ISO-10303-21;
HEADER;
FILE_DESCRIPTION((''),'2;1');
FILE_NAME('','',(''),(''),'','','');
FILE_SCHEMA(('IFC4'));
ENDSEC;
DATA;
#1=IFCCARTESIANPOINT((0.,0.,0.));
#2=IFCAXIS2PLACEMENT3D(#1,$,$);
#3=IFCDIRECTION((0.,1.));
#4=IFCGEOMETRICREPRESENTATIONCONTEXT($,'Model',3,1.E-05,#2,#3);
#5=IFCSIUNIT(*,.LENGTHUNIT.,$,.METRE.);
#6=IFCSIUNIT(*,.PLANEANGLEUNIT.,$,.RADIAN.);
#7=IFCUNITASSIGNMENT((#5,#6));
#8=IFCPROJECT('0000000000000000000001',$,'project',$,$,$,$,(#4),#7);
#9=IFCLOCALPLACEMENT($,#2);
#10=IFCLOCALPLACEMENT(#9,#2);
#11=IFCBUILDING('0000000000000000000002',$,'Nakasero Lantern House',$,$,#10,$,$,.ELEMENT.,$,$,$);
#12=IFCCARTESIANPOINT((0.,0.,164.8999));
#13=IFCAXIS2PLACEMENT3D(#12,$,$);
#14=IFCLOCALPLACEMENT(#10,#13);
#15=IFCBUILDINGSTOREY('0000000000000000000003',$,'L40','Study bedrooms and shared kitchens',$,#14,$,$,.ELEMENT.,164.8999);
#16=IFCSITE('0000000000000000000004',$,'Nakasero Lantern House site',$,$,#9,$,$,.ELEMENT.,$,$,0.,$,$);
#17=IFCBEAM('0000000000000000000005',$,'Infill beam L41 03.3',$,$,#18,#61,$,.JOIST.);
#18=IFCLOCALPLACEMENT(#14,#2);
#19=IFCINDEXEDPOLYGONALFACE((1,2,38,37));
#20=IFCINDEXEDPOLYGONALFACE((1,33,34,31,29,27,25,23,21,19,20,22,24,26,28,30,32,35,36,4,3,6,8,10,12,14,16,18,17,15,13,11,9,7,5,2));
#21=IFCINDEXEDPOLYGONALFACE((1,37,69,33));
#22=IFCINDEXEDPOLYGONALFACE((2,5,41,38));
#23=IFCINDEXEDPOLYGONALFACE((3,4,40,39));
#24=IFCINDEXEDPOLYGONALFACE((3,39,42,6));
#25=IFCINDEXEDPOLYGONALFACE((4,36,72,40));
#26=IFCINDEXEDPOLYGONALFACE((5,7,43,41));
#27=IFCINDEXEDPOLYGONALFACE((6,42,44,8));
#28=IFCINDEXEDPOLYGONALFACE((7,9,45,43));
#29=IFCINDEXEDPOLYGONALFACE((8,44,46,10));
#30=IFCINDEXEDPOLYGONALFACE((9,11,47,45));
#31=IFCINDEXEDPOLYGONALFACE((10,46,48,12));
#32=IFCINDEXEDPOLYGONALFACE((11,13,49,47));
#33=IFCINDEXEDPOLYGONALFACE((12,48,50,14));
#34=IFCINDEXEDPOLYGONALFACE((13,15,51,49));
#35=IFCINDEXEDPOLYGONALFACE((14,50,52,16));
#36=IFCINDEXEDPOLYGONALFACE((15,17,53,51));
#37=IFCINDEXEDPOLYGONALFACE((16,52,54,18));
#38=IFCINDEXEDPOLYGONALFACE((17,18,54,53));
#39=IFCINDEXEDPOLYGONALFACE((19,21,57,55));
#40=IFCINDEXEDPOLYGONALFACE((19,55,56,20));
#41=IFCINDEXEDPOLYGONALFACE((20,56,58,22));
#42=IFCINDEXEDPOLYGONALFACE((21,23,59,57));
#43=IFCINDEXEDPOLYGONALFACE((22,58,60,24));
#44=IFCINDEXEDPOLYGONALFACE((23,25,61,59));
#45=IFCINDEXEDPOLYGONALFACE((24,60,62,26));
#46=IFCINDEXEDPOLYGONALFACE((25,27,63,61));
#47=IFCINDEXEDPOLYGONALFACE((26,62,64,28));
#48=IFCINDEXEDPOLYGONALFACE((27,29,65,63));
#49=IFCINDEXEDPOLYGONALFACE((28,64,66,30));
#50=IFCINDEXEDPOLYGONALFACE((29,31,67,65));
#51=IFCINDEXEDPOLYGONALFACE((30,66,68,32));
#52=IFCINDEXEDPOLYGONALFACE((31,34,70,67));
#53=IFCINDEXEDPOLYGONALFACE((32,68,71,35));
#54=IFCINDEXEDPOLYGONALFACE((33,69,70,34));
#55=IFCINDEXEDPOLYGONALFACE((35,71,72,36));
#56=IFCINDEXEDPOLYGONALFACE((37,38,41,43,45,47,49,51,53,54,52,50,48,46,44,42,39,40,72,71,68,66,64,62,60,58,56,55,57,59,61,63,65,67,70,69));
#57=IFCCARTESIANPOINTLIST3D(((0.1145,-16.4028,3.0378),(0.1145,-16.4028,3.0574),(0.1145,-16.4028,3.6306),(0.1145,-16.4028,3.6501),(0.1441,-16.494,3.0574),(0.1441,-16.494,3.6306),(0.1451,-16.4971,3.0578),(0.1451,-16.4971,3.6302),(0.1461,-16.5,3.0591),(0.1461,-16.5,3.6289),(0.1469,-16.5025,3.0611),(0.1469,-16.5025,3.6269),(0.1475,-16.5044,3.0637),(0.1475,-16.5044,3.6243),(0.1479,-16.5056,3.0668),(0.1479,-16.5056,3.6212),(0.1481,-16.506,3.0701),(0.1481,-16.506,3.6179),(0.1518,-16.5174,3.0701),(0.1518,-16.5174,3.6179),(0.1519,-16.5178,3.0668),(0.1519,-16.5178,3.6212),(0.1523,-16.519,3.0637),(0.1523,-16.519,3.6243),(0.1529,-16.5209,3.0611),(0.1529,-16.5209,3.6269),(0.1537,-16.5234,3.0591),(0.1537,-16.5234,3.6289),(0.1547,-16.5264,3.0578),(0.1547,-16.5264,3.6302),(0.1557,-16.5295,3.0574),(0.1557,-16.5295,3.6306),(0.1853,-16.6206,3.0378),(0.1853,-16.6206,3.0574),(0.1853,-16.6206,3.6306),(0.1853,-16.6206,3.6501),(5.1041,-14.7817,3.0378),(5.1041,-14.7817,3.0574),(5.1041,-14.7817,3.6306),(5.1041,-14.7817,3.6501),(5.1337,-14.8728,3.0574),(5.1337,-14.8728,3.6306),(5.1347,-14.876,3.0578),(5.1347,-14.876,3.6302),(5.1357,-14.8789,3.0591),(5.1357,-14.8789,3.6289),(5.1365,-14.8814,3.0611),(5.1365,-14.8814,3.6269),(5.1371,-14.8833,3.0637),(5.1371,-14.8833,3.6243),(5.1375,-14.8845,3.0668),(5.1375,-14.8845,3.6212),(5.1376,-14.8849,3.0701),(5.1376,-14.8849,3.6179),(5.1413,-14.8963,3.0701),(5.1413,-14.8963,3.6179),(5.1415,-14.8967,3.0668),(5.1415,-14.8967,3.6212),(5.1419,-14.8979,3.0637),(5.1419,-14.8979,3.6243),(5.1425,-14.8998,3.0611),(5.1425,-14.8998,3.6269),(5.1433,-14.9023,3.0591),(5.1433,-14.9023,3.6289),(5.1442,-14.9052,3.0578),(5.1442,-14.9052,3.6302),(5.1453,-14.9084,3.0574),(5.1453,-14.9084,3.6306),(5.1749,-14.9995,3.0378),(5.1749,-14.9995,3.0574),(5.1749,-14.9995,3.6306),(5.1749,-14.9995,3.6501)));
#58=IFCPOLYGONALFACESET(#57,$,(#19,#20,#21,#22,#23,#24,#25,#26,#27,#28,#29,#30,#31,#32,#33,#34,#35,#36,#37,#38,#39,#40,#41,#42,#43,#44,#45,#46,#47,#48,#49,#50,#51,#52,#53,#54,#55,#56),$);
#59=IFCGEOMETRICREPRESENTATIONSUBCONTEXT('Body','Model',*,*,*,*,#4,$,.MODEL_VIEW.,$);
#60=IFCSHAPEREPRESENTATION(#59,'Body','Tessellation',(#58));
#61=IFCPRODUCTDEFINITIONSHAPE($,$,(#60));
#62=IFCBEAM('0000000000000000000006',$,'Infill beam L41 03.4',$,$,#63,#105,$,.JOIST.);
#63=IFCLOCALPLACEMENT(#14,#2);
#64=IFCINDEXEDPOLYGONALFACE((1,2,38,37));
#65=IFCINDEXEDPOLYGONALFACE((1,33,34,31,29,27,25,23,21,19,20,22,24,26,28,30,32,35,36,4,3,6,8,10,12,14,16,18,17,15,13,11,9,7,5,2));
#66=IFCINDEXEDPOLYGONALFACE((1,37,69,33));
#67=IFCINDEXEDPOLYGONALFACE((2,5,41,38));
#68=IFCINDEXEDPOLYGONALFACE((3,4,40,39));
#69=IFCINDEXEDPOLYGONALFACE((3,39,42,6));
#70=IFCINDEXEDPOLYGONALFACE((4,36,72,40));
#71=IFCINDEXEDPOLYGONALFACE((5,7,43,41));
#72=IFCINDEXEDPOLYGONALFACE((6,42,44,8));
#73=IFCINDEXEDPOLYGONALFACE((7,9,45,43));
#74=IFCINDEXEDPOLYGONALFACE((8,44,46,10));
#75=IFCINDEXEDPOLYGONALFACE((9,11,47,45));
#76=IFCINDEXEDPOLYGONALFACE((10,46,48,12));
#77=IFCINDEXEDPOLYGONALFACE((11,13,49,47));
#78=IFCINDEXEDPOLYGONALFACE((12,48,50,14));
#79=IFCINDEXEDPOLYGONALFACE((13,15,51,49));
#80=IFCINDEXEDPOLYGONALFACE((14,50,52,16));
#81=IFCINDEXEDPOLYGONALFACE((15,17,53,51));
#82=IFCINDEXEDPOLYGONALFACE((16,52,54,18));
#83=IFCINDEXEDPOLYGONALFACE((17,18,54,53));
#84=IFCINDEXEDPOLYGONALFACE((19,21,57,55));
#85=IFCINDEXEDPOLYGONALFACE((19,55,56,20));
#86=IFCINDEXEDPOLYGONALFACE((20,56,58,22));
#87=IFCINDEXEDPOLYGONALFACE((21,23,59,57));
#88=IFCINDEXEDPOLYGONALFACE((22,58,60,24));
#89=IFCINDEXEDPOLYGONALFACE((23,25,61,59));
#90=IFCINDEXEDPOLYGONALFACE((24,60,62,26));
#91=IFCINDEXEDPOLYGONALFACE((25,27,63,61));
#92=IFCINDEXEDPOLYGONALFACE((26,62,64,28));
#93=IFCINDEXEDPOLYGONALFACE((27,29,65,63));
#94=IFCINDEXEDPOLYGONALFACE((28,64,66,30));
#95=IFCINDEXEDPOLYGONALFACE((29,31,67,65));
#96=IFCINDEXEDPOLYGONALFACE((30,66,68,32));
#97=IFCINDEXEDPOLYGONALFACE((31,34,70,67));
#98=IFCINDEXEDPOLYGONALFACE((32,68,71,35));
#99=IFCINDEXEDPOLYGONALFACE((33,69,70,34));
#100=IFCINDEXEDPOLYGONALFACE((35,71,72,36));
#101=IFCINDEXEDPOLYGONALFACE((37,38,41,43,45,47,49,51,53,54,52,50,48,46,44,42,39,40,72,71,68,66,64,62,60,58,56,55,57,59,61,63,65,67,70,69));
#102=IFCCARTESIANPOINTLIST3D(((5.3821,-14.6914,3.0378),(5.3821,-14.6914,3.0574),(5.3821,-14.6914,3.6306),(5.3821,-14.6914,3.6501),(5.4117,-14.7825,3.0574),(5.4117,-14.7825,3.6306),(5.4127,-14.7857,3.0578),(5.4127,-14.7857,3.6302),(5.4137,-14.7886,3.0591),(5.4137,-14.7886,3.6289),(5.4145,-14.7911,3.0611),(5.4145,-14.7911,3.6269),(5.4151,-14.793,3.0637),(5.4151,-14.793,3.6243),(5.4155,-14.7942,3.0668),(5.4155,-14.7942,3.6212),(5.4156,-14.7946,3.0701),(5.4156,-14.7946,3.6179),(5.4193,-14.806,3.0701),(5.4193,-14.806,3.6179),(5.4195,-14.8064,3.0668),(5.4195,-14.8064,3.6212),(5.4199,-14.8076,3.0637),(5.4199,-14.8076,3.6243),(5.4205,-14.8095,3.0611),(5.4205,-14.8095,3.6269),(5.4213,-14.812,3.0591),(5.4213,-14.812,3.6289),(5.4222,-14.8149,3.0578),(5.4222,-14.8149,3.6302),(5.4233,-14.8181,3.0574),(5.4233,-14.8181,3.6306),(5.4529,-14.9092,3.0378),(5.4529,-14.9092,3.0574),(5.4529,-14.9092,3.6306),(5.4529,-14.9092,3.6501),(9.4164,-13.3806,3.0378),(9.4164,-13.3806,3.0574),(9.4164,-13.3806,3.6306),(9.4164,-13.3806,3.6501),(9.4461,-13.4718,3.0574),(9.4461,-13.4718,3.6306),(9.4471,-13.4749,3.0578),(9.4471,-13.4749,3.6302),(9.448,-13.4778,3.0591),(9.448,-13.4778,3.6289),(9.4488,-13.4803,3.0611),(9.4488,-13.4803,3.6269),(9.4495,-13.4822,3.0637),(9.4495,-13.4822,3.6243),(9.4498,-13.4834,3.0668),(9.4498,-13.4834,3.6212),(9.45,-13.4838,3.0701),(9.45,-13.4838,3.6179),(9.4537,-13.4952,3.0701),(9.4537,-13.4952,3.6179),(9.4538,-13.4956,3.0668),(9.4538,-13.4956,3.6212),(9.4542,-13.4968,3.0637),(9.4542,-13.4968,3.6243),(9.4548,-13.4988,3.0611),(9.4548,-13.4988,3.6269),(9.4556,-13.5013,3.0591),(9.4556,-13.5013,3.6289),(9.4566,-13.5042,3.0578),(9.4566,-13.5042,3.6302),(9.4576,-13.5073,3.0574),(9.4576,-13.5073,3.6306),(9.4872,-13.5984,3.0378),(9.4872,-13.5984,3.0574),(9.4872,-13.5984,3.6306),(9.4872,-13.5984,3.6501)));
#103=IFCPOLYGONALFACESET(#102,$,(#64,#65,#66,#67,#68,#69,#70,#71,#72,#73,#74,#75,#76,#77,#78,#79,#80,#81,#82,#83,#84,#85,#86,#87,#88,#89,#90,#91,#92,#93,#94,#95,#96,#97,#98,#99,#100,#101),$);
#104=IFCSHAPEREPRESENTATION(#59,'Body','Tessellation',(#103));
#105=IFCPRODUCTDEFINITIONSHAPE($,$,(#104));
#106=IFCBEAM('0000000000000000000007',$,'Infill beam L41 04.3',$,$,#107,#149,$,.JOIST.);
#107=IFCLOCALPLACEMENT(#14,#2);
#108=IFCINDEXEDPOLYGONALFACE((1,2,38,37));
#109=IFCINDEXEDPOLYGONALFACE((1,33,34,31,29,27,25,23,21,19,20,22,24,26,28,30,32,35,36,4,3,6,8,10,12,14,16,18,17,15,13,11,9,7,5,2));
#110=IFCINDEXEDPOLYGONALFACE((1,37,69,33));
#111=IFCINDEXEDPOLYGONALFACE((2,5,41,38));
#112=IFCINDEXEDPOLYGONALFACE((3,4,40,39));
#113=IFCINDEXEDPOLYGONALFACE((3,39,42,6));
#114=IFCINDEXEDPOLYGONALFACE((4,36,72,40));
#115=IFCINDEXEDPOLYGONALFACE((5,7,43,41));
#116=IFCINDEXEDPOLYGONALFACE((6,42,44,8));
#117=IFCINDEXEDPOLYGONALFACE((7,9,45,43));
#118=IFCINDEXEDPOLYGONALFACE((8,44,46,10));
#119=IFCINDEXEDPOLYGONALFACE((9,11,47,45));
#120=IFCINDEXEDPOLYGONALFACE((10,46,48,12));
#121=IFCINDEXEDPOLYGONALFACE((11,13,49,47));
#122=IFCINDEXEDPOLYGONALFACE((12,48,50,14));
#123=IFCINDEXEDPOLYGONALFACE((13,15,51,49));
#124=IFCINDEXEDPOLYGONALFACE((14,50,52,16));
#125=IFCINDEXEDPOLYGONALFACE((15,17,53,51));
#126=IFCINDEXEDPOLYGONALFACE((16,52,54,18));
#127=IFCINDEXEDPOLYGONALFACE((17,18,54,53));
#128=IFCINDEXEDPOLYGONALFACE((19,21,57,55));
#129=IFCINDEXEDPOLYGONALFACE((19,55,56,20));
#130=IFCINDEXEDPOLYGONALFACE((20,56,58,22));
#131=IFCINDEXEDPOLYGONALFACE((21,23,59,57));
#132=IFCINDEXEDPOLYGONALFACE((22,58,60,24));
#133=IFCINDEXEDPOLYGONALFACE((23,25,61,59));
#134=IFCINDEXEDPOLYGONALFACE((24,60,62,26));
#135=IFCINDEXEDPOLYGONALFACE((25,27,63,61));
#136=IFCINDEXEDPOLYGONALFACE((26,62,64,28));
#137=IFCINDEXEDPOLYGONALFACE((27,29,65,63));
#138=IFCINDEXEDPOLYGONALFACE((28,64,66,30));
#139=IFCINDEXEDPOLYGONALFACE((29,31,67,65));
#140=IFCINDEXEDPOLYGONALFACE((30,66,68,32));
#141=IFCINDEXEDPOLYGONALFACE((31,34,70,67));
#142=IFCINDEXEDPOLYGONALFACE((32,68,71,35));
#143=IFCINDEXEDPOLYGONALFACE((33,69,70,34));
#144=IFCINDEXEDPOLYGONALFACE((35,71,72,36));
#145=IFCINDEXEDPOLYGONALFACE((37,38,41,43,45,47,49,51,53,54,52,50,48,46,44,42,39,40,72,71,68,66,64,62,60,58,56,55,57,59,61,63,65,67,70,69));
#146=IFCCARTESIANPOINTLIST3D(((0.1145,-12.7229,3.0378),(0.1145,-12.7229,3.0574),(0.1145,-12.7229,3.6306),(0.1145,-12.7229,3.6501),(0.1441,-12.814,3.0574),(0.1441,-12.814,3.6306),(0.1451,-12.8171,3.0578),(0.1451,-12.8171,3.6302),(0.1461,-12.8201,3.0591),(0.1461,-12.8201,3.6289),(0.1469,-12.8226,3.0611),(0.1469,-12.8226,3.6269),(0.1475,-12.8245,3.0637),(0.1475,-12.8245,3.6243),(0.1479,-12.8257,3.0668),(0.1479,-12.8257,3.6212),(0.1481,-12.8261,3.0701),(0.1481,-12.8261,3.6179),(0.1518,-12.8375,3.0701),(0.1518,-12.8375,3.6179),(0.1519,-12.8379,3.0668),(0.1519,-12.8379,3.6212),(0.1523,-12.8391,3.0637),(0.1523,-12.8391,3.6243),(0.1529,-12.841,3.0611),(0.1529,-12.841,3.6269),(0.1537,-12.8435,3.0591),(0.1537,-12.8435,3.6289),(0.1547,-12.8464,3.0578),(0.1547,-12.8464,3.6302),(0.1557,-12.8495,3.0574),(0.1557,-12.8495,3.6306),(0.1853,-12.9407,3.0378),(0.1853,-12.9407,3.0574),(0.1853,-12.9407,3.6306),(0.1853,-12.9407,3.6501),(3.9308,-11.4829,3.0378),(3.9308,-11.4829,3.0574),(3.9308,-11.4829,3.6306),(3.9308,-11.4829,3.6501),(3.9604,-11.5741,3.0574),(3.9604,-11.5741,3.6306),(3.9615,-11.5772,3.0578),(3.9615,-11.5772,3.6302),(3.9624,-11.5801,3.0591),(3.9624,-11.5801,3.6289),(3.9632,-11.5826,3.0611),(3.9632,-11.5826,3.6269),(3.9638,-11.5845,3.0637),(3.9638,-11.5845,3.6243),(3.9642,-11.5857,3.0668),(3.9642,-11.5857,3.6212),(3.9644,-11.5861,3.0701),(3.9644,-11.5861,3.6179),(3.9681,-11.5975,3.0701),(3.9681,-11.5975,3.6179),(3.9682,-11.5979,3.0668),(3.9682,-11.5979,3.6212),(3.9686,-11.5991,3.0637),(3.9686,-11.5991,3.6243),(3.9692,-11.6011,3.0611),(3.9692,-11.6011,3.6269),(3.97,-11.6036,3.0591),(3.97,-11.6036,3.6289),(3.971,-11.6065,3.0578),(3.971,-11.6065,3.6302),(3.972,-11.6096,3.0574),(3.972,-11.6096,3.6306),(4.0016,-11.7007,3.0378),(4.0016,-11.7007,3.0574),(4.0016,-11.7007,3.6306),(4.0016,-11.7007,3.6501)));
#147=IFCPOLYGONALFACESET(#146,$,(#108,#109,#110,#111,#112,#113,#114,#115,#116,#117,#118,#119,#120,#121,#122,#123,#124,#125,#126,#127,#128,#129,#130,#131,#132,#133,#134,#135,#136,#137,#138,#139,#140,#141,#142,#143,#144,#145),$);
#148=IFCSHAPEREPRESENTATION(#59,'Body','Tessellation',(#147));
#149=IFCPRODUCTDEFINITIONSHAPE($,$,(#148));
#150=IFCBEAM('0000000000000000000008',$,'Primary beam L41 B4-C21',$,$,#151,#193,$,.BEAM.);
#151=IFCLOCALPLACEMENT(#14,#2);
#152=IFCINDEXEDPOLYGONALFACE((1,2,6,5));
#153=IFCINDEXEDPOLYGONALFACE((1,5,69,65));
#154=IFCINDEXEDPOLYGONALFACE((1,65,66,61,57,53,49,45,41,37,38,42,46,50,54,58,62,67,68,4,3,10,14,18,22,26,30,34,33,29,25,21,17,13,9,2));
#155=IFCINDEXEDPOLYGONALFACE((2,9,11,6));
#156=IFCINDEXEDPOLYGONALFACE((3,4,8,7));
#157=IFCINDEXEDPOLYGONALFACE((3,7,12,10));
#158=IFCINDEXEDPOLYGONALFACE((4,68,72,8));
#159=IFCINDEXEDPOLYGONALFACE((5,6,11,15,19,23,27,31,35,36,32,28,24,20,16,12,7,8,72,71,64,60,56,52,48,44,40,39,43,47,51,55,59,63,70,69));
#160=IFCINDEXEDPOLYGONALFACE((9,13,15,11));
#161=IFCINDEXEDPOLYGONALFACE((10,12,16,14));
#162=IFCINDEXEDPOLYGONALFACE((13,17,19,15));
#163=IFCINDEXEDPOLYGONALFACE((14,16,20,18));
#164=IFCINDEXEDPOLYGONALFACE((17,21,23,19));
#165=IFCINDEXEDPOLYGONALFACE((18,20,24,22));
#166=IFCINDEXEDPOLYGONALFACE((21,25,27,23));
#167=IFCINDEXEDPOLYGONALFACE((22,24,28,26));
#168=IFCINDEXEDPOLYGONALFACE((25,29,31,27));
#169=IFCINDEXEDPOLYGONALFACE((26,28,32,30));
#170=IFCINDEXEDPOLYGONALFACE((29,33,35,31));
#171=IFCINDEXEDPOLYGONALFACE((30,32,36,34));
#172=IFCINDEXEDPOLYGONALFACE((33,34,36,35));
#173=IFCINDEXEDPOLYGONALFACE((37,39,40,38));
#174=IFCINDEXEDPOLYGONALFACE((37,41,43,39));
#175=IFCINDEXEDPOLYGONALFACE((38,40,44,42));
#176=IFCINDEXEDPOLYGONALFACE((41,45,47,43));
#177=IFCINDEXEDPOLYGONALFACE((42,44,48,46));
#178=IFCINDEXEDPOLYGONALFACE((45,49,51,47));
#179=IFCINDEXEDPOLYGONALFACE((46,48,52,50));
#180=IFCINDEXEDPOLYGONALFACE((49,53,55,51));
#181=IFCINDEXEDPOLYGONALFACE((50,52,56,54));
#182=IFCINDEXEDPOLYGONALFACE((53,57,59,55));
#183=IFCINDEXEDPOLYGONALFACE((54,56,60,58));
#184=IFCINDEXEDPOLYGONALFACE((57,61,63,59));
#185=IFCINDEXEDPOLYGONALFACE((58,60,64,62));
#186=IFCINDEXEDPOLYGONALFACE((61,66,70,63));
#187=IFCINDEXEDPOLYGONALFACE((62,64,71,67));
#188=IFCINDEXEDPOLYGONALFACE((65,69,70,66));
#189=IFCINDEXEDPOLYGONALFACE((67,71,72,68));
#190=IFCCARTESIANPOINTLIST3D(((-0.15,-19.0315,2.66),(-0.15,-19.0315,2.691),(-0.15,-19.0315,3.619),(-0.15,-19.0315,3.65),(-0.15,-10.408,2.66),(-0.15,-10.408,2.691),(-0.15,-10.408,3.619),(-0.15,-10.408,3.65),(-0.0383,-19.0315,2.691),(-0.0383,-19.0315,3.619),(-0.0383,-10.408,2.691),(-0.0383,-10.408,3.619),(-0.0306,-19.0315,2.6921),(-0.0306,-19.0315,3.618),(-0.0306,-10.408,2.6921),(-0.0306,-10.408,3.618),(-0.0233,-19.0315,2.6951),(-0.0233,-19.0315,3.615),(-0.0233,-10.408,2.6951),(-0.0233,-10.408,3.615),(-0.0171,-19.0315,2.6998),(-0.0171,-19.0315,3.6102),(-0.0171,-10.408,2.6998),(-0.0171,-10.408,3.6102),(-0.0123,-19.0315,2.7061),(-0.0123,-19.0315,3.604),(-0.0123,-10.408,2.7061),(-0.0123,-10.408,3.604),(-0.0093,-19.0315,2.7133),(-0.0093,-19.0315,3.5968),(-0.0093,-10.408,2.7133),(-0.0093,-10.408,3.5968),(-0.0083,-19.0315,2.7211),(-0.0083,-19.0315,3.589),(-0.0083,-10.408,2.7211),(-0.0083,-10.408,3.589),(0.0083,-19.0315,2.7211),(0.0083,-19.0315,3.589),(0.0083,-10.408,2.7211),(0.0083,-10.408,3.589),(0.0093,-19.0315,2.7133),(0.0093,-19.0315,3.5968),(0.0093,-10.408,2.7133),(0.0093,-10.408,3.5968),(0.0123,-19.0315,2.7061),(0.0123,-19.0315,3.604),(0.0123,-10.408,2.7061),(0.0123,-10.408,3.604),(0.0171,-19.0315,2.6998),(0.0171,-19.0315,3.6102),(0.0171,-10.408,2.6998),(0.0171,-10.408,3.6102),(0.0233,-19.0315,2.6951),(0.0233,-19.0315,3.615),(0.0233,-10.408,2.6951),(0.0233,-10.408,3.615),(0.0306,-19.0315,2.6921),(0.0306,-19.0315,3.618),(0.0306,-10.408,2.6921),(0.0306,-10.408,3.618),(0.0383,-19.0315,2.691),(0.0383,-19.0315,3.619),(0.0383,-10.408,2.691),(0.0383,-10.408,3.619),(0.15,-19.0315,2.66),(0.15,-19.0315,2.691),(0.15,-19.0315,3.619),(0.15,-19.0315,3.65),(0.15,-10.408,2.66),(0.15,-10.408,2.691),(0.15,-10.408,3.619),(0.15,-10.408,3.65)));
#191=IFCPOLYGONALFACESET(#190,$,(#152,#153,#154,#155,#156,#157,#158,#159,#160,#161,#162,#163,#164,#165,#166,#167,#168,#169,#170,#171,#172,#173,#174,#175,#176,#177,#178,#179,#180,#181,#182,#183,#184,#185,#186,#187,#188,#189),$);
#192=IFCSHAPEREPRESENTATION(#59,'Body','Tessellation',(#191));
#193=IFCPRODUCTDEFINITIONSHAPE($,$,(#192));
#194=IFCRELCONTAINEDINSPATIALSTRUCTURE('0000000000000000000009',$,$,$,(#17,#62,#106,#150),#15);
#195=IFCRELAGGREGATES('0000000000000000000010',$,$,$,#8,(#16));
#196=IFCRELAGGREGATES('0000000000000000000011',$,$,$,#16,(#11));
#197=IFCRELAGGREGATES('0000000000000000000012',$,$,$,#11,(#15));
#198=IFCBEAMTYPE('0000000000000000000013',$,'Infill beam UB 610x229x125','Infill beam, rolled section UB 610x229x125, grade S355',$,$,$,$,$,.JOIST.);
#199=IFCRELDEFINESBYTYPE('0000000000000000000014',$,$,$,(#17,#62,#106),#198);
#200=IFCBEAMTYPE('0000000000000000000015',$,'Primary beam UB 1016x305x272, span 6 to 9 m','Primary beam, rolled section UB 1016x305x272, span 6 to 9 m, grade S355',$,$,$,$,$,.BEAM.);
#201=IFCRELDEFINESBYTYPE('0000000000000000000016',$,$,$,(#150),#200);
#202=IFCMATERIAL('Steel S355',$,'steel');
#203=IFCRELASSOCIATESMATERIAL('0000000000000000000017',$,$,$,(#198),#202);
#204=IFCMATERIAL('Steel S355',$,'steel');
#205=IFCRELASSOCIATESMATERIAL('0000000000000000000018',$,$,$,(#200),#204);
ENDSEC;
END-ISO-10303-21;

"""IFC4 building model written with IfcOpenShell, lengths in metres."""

from ifc_helpers import new_model, si_unit, direction, frame, origin, origin_2d, place, context, subcontext, project, spatial, i_section, extrude, material, material_profile, profile_set, type_object, element, save


model = new_model("IFC4")

# Units and contexts
model_context = context("Model", 3, precision=1e-05, world=origin(), true_north=direction((0.0, 1.0)))
body_context = subcontext(model_context, "Body", "Model", "MODEL_VIEW")
ifc_project = project(units=[si_unit("LENGTHUNIT", "METRE"), si_unit("PLANEANGLEUNIT", "RADIAN")], contexts=[model_context])

# Site, building, storey
site_placement = place(None, origin())
site = spatial("IfcSite", under=ifc_project, at=site_placement, Name="Nakasero Lantern House site", CompositionType="ELEMENT", RefElevation=0.0)
building_placement = place(site_placement, origin())
building = spatial("IfcBuilding", under=site, at=building_placement, Name="Nakasero Lantern House", CompositionType="ELEMENT")
storey_placement = place(building_placement, frame((0.0, 0.0, 164.8999)))
storey = spatial("IfcBuildingStorey", under=building, at=storey_placement, Name="L40", Description="Study bedrooms and shared kitchens", CompositionType="ELEMENT", Elevation=164.8999)

# Beams
ifc_material_1 = material(Name="Steel S355", Category="steel")
ifc_material_profile_1 = material_profile(ifc_material_1, i_section(OverallWidth=0.229, OverallDepth=0.6123, WebThickness=0.012, FlangeThickness=0.0195, FilletRadius=0.0127, at=origin_2d()), Name="UB 610x229x125")
ifc_profile_set_1 = profile_set([ifc_material_profile_1], Name="Steel S355")
beam_type_1 = type_object("IfcBeamType", Name="Infill beam UB 610x229x125", Description="Infill beam, rolled section UB 610x229x125, grade S355", PredefinedType="JOIST", material=ifc_profile_set_1)
beam_1_placement = place(storey_placement, frame((0.1499, -16.5117, 3.344), z_axis=(0.951062, 0.309001, 0.0), x_axis=(-0.309001, 0.951062, 0.0)))
element("IfcBeam", 1, at=beam_1_placement, inside=storey, type_object=beam_type_1, Name="Infill beam L41 03.3", PredefinedType="JOIST", context=body_context, shape_type="SweptSolid", body=[
    extrude(i_section(OverallWidth=0.229, OverallDepth=0.6123, WebThickness=0.012, FlangeThickness=0.0195, FilletRadius=0.0127, at=origin_2d()), origin(), (0.0, 0.0, 1.0), 5.2463),
])
beam_2_placement = place(storey_placement, frame((5.4175, -14.8003, 3.344), z_axis=(0.951062, 0.309001, 0.0), x_axis=(-0.309001, 0.951062, 0.0)))
element("IfcBeam", 2, at=beam_2_placement, inside=storey, type_object=beam_type_1, Name="Infill beam L41 03.4", PredefinedType="JOIST", context=body_context, shape_type="SweptSolid", body=[
    extrude(i_section(OverallWidth=0.229, OverallDepth=0.6123, WebThickness=0.012, FlangeThickness=0.0195, FilletRadius=0.0127, at=origin_2d()), origin(), (0.0, 0.0, 1.0), 4.2419),
])
beam_3_placement = place(storey_placement, frame((0.1499, -12.8318, 3.344), z_axis=(0.951059, 0.309009, 0.0), x_axis=(-0.309009, 0.951059, 0.0)))
element("IfcBeam", 3, at=beam_3_placement, inside=storey, type_object=beam_type_1, Name="Infill beam L41 04.3", PredefinedType="JOIST", context=body_context, shape_type="SweptSolid", body=[
    extrude(i_section(OverallWidth=0.229, OverallDepth=0.6123, WebThickness=0.012, FlangeThickness=0.0195, FilletRadius=0.0127, at=origin_2d()), origin(), (0.0, 0.0, 1.0), 4.0127),
])
ifc_material_2 = material(Name="Steel S355", Category="steel")
ifc_material_profile_2 = material_profile(ifc_material_2, i_section(OverallWidth=0.3, OverallDepth=0.99, WebThickness=0.0166, FlangeThickness=0.031, FilletRadius=0.03, at=origin_2d()), Name="UB 1016x305x272")
ifc_profile_set_2 = profile_set([ifc_material_profile_2], Name="Steel S355")
beam_type_2 = type_object("IfcBeamType", Name="Primary beam UB 1016x305x272, span 6 to 9 m", Description="Primary beam, rolled section UB 1016x305x272, span 6 to 9 m, grade S355", PredefinedType="BEAM", material=ifc_profile_set_2)
beam_4_placement = place(storey_placement, frame((0.0, -19.0315, 3.155), z_axis=(0.0, 1.0, 0.0), x_axis=(-1.0, 0.0, 0.0)))
element("IfcBeam", 4, at=beam_4_placement, inside=storey, type_object=beam_type_2, Name="Primary beam L41 B4-C21", PredefinedType="BEAM", context=body_context, shape_type="SweptSolid", body=[
    extrude(i_section(OverallWidth=0.3, OverallDepth=0.99, WebThickness=0.0166, FlangeThickness=0.031, FilletRadius=0.03, at=origin_2d()), origin(), (0.0, 0.0, 1.0), 8.6235),
])

save(model, "model.ifc")
